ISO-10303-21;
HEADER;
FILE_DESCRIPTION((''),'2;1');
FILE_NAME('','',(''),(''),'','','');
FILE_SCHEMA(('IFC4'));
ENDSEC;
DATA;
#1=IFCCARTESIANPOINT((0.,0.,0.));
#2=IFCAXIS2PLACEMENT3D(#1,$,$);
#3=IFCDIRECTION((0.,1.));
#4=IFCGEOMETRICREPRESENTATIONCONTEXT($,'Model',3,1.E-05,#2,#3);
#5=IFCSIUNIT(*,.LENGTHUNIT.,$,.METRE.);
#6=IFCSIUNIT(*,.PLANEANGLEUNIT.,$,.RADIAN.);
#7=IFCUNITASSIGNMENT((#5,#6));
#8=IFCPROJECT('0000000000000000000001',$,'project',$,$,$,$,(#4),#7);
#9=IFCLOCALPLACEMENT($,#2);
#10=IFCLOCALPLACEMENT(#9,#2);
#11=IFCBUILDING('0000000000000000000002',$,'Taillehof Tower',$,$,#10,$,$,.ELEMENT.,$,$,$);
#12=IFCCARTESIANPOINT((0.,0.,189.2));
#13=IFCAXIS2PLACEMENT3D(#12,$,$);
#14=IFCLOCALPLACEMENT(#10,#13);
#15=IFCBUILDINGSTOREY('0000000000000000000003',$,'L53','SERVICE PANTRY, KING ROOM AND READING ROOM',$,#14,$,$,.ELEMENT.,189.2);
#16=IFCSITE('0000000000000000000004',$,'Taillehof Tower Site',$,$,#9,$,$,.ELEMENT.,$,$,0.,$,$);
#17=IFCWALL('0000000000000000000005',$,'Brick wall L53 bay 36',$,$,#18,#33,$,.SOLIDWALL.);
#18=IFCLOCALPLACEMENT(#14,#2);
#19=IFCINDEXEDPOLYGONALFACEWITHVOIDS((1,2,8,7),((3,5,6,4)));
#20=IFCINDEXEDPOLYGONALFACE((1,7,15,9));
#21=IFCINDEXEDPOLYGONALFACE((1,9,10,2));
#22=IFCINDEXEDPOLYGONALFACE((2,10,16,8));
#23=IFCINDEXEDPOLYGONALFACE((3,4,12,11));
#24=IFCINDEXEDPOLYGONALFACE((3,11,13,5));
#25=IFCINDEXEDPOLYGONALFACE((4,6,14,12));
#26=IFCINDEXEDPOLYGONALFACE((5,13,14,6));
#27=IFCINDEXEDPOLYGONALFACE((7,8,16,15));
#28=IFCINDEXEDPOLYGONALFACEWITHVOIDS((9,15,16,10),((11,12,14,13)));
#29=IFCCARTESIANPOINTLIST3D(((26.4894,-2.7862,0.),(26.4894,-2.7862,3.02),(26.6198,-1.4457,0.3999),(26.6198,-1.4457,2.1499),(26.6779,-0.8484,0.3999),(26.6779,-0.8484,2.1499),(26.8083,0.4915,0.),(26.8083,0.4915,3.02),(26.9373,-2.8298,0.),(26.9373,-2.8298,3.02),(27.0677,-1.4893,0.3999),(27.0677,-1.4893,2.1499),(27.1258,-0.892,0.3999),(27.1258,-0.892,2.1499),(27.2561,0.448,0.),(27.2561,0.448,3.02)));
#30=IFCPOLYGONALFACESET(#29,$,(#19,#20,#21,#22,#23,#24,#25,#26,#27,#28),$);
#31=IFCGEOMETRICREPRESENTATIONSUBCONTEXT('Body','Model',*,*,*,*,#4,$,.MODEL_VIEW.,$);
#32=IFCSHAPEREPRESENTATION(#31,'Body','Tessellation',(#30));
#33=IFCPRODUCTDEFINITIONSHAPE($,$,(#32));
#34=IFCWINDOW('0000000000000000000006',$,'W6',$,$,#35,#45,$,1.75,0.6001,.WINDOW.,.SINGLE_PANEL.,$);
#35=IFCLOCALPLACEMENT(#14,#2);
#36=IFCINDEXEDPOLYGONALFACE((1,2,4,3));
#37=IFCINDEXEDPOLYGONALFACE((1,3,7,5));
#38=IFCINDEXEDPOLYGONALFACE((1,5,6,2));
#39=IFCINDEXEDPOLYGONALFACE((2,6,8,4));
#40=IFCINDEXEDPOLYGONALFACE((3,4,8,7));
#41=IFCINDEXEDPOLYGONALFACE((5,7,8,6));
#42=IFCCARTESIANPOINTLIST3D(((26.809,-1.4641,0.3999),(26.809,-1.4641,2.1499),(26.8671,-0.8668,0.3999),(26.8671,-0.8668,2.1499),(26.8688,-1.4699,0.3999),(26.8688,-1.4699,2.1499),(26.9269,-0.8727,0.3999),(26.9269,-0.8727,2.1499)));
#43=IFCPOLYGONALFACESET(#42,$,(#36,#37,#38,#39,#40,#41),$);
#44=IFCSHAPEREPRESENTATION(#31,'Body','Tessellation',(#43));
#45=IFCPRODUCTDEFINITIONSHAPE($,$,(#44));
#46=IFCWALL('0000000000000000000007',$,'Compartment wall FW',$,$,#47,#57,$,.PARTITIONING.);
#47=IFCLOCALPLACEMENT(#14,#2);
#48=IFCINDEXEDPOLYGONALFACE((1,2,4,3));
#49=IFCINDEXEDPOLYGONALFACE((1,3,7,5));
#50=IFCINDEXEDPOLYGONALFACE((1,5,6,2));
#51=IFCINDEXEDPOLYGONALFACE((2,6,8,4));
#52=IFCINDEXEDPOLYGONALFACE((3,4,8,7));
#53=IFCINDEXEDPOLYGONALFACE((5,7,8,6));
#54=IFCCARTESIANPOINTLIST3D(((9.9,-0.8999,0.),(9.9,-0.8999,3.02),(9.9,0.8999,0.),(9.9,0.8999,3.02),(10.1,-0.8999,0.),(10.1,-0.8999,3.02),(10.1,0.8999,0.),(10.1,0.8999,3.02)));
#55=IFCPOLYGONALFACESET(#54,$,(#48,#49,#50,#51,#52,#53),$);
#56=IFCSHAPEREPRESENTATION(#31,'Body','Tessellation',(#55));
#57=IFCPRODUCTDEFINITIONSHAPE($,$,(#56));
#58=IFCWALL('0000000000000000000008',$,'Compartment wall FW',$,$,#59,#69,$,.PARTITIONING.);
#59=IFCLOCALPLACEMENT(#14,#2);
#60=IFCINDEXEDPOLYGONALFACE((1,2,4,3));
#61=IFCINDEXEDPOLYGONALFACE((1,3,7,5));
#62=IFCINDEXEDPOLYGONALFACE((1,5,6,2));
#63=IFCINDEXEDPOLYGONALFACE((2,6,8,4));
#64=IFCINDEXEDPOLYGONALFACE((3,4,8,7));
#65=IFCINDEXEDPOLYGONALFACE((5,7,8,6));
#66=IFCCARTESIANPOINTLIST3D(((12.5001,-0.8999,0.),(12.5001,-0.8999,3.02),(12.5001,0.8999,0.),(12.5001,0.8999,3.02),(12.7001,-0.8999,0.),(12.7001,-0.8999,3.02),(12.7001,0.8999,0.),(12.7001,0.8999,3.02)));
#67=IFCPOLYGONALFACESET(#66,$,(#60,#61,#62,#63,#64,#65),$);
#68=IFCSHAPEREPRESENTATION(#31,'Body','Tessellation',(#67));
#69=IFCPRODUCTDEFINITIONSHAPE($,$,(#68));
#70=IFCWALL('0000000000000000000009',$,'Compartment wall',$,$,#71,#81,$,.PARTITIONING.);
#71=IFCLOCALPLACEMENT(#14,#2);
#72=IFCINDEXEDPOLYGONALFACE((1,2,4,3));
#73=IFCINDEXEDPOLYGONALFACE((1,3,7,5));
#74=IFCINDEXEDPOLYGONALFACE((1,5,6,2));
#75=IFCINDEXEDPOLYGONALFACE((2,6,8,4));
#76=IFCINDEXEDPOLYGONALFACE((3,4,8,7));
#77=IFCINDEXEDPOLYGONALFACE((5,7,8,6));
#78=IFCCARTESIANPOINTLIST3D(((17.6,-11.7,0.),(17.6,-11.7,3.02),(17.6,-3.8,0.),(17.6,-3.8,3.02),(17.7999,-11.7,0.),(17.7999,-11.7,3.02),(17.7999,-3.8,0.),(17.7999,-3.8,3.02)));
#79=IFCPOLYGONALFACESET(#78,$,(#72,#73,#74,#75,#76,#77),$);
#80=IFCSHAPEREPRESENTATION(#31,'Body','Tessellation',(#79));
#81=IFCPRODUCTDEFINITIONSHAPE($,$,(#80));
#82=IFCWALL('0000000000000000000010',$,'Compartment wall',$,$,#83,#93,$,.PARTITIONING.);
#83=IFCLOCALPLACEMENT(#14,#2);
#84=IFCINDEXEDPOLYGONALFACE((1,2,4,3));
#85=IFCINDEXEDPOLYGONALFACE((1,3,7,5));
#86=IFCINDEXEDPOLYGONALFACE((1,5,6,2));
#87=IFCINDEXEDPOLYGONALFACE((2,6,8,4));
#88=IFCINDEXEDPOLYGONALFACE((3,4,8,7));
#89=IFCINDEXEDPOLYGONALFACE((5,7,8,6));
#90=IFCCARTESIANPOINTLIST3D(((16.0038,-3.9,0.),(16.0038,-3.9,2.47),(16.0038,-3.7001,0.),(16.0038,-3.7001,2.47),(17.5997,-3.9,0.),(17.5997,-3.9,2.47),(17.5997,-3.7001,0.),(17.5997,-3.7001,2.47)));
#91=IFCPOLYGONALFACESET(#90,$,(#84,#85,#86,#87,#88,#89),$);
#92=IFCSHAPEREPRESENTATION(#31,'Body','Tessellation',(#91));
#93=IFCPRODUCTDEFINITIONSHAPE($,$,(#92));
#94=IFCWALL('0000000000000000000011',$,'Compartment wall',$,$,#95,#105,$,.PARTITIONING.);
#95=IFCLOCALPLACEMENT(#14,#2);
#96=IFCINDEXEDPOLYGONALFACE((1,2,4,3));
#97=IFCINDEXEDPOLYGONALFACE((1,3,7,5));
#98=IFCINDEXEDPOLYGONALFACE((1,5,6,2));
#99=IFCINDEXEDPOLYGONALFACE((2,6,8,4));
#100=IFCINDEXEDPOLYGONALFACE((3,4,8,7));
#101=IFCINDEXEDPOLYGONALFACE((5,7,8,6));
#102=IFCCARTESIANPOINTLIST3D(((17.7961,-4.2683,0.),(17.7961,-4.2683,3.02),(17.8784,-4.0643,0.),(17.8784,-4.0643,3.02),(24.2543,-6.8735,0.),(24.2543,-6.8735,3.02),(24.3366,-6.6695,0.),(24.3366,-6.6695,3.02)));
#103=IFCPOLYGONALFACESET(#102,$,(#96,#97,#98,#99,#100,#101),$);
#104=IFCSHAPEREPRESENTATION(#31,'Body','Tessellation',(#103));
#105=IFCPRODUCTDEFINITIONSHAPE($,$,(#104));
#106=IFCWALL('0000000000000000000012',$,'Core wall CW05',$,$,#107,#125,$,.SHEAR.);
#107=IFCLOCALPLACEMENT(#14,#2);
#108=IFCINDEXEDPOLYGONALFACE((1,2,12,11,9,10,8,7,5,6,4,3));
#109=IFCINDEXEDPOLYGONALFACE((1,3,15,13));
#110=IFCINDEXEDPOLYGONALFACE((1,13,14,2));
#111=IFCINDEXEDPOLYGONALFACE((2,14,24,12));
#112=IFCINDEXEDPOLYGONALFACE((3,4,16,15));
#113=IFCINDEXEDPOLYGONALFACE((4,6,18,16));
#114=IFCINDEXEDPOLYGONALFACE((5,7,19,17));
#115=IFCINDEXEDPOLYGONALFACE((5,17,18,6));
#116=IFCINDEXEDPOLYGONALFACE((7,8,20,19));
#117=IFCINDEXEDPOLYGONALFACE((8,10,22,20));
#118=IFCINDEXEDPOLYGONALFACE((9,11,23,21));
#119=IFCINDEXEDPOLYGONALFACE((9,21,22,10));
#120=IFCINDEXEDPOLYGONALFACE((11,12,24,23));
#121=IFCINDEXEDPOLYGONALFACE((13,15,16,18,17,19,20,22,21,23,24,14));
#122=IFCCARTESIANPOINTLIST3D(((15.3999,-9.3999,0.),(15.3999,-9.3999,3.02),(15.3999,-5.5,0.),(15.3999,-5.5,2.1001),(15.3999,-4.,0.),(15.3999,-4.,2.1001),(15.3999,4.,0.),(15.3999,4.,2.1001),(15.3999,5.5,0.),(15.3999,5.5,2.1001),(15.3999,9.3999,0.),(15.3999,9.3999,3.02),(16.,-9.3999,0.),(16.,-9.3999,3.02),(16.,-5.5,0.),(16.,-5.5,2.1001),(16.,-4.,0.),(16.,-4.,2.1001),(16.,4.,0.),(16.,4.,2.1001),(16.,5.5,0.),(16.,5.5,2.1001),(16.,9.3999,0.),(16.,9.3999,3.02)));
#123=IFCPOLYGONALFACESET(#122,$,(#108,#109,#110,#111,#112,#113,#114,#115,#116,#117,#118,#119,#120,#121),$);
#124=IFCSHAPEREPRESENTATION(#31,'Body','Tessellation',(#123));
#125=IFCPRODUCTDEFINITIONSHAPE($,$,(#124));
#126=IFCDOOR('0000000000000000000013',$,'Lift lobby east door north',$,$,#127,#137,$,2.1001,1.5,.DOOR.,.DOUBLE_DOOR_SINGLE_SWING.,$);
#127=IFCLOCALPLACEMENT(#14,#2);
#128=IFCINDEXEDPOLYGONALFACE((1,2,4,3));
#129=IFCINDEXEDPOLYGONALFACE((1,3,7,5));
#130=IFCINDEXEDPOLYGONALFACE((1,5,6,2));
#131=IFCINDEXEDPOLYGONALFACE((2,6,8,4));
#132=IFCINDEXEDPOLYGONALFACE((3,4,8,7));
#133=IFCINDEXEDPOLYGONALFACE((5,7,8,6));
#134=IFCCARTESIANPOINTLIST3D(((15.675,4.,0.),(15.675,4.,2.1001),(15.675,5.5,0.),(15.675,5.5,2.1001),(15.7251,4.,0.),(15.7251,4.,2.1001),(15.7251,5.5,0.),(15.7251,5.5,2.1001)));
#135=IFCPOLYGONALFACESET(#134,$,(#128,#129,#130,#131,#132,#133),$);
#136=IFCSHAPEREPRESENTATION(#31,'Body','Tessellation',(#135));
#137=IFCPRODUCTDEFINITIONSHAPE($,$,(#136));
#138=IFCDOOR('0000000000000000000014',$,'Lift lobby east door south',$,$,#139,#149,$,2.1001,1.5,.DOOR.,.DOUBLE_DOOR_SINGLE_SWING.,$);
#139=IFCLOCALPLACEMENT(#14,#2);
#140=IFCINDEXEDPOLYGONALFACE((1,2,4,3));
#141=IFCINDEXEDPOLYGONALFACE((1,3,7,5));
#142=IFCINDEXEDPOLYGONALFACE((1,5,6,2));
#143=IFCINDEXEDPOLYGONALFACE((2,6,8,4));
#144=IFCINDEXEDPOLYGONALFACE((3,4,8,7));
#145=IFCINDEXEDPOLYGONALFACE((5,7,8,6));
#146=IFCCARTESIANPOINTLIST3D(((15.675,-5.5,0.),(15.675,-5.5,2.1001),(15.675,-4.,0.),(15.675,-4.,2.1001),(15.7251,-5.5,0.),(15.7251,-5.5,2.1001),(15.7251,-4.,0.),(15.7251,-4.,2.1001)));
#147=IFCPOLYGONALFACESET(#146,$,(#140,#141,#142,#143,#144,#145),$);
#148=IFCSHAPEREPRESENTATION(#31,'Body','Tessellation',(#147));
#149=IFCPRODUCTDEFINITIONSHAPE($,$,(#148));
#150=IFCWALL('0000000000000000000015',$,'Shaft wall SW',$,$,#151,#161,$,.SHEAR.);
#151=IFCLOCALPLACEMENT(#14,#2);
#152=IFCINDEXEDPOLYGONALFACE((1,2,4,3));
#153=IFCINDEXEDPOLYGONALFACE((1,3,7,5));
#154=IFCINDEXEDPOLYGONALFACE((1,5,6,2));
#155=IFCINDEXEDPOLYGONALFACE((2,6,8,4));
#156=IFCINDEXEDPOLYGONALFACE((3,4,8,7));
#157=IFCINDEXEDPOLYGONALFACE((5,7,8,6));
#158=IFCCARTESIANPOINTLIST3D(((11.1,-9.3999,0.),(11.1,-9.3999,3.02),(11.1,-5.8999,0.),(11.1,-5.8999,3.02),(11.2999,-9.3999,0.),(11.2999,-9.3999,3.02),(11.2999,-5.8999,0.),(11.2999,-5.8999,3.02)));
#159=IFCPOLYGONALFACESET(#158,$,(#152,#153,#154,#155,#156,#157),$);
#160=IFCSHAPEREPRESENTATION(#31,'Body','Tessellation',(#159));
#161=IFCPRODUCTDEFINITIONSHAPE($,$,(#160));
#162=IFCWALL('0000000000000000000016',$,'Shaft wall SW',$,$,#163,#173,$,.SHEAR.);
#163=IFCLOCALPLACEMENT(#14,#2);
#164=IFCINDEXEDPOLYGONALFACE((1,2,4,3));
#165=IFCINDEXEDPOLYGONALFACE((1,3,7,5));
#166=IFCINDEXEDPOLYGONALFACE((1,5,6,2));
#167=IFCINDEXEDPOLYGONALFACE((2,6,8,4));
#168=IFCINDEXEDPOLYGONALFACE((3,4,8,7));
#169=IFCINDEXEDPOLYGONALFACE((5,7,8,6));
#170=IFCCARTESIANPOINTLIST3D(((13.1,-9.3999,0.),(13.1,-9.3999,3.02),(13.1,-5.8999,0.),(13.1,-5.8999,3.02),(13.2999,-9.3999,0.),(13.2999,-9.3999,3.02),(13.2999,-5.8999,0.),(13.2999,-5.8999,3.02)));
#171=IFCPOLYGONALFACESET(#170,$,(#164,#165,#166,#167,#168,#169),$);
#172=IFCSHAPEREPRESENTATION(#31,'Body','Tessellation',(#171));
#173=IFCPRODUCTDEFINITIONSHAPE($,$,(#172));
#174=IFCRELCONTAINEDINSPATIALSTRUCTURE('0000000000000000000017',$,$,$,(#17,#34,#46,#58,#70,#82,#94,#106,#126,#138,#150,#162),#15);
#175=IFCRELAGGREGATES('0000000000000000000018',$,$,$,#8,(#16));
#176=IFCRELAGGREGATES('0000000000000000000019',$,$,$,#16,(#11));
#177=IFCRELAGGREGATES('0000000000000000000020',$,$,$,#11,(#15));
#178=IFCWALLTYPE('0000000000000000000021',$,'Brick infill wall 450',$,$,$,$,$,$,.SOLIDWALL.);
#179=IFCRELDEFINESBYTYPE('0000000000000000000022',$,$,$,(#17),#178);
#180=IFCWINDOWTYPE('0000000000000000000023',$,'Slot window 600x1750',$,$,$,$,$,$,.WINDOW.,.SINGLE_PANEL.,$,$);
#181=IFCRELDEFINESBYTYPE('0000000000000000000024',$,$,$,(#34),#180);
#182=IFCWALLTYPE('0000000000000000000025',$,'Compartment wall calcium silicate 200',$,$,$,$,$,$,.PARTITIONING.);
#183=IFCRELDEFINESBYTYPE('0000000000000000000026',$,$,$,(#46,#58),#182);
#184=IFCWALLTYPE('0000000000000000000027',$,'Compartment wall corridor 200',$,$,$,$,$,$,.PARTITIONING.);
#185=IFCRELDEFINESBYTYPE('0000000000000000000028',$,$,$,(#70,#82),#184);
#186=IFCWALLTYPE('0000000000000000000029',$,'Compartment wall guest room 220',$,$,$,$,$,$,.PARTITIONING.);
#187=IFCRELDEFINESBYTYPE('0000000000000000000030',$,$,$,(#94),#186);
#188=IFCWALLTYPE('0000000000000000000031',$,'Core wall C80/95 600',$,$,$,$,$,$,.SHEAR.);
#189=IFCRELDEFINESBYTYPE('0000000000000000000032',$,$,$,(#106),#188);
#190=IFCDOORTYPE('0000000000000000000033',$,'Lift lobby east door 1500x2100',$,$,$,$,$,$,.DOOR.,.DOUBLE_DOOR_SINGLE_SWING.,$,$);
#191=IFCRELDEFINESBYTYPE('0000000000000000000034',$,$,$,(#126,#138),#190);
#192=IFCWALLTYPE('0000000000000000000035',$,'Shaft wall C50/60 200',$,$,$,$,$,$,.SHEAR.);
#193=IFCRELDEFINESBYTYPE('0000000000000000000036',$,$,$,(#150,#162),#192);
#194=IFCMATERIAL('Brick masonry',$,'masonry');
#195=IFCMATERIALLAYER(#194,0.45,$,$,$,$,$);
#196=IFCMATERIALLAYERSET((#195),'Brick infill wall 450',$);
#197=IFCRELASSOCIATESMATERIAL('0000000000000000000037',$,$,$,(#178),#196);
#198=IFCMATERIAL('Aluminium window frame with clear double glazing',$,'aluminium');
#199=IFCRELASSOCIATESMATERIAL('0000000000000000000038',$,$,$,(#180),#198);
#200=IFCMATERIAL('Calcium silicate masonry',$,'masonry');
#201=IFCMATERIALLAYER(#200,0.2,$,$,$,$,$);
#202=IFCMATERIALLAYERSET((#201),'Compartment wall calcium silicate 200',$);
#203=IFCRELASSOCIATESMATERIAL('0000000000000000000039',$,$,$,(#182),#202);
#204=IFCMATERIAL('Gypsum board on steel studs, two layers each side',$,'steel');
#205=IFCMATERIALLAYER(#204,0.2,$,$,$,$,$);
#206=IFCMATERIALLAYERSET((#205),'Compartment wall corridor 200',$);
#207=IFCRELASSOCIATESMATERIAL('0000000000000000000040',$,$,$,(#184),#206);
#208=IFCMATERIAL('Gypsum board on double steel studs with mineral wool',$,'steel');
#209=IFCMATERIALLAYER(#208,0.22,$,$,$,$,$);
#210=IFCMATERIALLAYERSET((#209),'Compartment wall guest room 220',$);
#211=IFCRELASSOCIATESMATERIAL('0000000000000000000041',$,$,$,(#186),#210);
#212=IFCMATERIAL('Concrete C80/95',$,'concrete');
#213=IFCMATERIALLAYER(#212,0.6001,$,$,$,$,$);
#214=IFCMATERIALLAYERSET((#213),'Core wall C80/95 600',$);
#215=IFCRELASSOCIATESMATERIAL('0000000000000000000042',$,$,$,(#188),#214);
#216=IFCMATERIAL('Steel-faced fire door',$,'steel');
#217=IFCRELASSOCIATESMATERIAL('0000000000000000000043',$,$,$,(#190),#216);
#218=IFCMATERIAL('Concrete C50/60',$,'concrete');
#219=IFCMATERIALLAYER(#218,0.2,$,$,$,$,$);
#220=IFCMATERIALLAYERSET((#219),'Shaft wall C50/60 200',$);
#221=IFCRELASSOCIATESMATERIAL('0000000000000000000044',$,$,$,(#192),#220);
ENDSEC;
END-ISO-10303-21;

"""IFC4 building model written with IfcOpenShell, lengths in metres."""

from ifc_helpers import new_model, si_unit, direction, frame, frame_2d, origin, place, context, subcontext, project, spatial, rectangle, extrude, material, layer, layer_set, type_object, element, fill, save


model = new_model("IFC4")

# Units and contexts
model_context = context("Model", 3, precision=1e-05, world=origin(), true_north=direction((0.0, 1.0)))
body_context = subcontext(model_context, "Body", "Model", "MODEL_VIEW")
ifc_project = project(units=[si_unit("LENGTHUNIT", "METRE"), si_unit("PLANEANGLEUNIT", "RADIAN")], contexts=[model_context])

# Site, building, storey
site_placement = place(None, origin())
site = spatial("IfcSite", under=ifc_project, at=site_placement, Name="Taillehof Tower Site", CompositionType="ELEMENT", RefElevation=0.0)
building_placement = place(site_placement, origin())
building = spatial("IfcBuilding", under=site, at=building_placement, Name="Taillehof Tower", CompositionType="ELEMENT")
storey_placement = place(building_placement, frame((0.0, 0.0, 189.2)))
storey = spatial("IfcBuildingStorey", under=building, at=storey_placement, Name="L53", Description="SERVICE PANTRY, KING ROOM AND READING ROOM", CompositionType="ELEMENT", Elevation=189.2)

# Shared definitions
ifc_material_1 = material(Name="Brick masonry", Category="masonry")
ifc_layer_1 = layer(ifc_material_1, 0.45)
ifc_layer_set_1 = layer_set([ifc_layer_1], Name="Brick infill wall 450")
wall_type_1 = type_object("IfcWallType", Name="Brick infill wall 450", PredefinedType="SOLIDWALL", material=ifc_layer_set_1)
ifc_material_2 = material(Name="Aluminium window frame with clear double glazing", Category="aluminium")
window_type = type_object("IfcWindowType", Name="Slot window 600x1750", PartitioningType="SINGLE_PANEL", PredefinedType="WINDOW", material=ifc_material_2)

# Wall, opening, window
wall_1_placement = place(storey_placement, frame((26.7134, -2.8079, 0.0), z_axis=(0.0, 0.0, 1.0), x_axis=(0.096817, 0.995302, 0.0)))
wall_1 = element("IfcWall", 1, at=wall_1_placement, inside=storey, type_object=wall_type_1, Name="Brick wall L53 bay 36", PredefinedType="SOLIDWALL", context=body_context, shape_type="SweptSolid", body=[
    extrude(rectangle(XDim=3.2932, YDim=0.45, at=frame_2d((1.6465, 0.0))), origin(), (0.0, 0.0, 1.0), 3.02),
])
opening_1_placement = place(wall_1_placement, frame((1.3467, 0.0, 0.3999)))
opening_1 = element("IfcOpeningElement", 2, at=opening_1_placement, cuts=wall_1, PredefinedType="OPENING", context=body_context, shape_type="SweptSolid", body=[
    extrude(rectangle(XDim=0.6001, YDim=1.75, at=frame_2d((0.3, 0.875))), frame((0.0, 0.2349, 0.0), z_axis=(0.0, -1.0, 0.0), x_axis=(1.0, 0.0, 0.0)), (0.0, 0.0, 1.0), 0.47),
])
window_1_placement = place(opening_1_placement, origin())
window_1 = element("IfcWindow", 3, at=window_1_placement, inside=storey, type_object=window_type, Name="W6", OverallHeight=1.75, OverallWidth=0.6001, PartitioningType="SINGLE_PANEL", PredefinedType="WINDOW", context=body_context, shape_type="SweptSolid", body=[
    extrude(rectangle(XDim=0.6001, YDim=1.75, at=frame_2d((0.3, 0.875))), frame((0.0, 0.0349, 0.0), z_axis=(0.0, -1.0, 0.0), x_axis=(1.0, 0.0, 0.0)), (0.0, 0.0, 1.0), 0.0601),
])
fill(opening_1, window_1)

# Walls
ifc_material_3 = material(Name="Calcium silicate masonry", Category="masonry")
ifc_layer_2 = layer(ifc_material_3, 0.2)
ifc_layer_set_2 = layer_set([ifc_layer_2], Name="Compartment wall calcium silicate 200")
wall_type_2 = type_object("IfcWallType", Name="Compartment wall calcium silicate 200", PredefinedType="PARTITIONING", material=ifc_layer_set_2)
for number, where, z_axis, x_axis, name in (
    (4, (10.0, -0.8999, 0.0), (0.0, 0.0, 1.0), (0.0, 1.0, 0.0), "Compartment wall FW"),
    (5, (12.6001, -0.8999, 0.0), (0.0, 0.0, 1.0), (0.0, 1.0, 0.0), "Compartment wall FW"),
):
    element("IfcWall", number, at=place(storey_placement, frame(where, z_axis=z_axis, x_axis=x_axis)), inside=storey, type_object=wall_type_2, Name=name, PredefinedType="PARTITIONING", context=body_context, shape_type="SweptSolid", body=[
        extrude(rectangle(XDim=1.7998, YDim=0.2, at=frame_2d((0.8999, 0.0))), origin(), (0.0, 0.0, 1.0), 3.02),
    ])
ifc_material_4 = material(Name="Gypsum board on steel studs, two layers each side", Category="steel")
ifc_layer_3 = layer(ifc_material_4, 0.2)
ifc_layer_set_3 = layer_set([ifc_layer_3], Name="Compartment wall corridor 200")
wall_type_3 = type_object("IfcWallType", Name="Compartment wall corridor 200", PredefinedType="PARTITIONING", material=ifc_layer_set_3)
wall_2_placement = place(storey_placement, frame((17.7, -3.8, 0.0), z_axis=(0.0, 0.0, 1.0), x_axis=(0.0, -1.0, 0.0)))
element("IfcWall", 6, at=wall_2_placement, inside=storey, type_object=wall_type_3, Name="Compartment wall", PredefinedType="PARTITIONING", context=body_context, shape_type="SweptSolid", body=[
    extrude(rectangle(XDim=7.8999, YDim=0.2, at=frame_2d((3.95, 0.0))), origin(), (0.0, 0.0, 1.0), 3.02),
])
wall_3_placement = place(storey_placement, frame((16.0039, -3.8, 0.0), z_axis=(0.0, 0.0, 1.0), x_axis=(1.0, 0.0, 0.0)))
element("IfcWall", 7, at=wall_3_placement, inside=storey, type_object=wall_type_3, Name="Compartment wall", PredefinedType="PARTITIONING", context=body_context, shape_type="SweptSolid", body=[
    extrude(rectangle(XDim=1.5959, YDim=0.2, at=frame_2d((0.7979, 0.0))), origin(), (0.0, 0.0, 1.0), 2.47),
])
ifc_material_5 = material(Name="Gypsum board on double steel studs with mineral wool", Category="steel")
ifc_layer_4 = layer(ifc_material_5, 0.22)
ifc_layer_set_4 = layer_set([ifc_layer_4], Name="Compartment wall guest room 220")
wall_type_4 = type_object("IfcWallType", Name="Compartment wall guest room 220", PredefinedType="PARTITIONING", material=ifc_layer_set_4)
wall_4_placement = place(storey_placement, frame((24.2954, -6.7715, 0.0), z_axis=(0.0, 0.0, 1.0), x_axis=(-0.927387, 0.374103, 0.0)))
element("IfcWall", 8, at=wall_4_placement, inside=storey, type_object=wall_type_4, Name="Compartment wall", PredefinedType="PARTITIONING", context=body_context, shape_type="SweptSolid", body=[
    extrude(rectangle(XDim=6.9639, YDim=0.22, at=frame_2d((3.4819, 0.0))), origin(), (0.0, 0.0, 1.0), 3.02),
])

# Wall, openings, doors
ifc_material_6 = material(Name="Concrete C80/95", Category="concrete")
ifc_layer_5 = layer(ifc_material_6, 0.6001)
ifc_layer_set_5 = layer_set([ifc_layer_5], Name="Core wall C80/95 600")
wall_type_5 = type_object("IfcWallType", Name="Core wall C80/95 600", PredefinedType="SHEAR", material=ifc_layer_set_5)
wall_5_placement = place(storey_placement, frame((15.7, -9.3999, 0.0), z_axis=(0.0, 0.0, 1.0), x_axis=(0.0, 1.0, 0.0)))
wall_5 = element("IfcWall", 9, at=wall_5_placement, inside=storey, type_object=wall_type_5, Name="Core wall CW05", PredefinedType="SHEAR", context=body_context, shape_type="SweptSolid", body=[
    extrude(rectangle(XDim=18.7998, YDim=0.6001, at=frame_2d((9.3999, 0.0))), origin(), (0.0, 0.0, 1.0), 3.02),
])
opening_2_placement = place(wall_5_placement, frame((13.3999, 0.0, 0.0)))
opening_2 = element("IfcOpeningElement", 10, at=opening_2_placement, cuts=wall_5, PredefinedType="OPENING", context=body_context, shape_type="SweptSolid", body=[
    extrude(rectangle(XDim=1.5, YDim=2.1001, at=frame_2d((0.75, 1.05))), frame((0.0, 0.3101, 0.0), z_axis=(0.0, -1.0, 0.0), x_axis=(1.0, 0.0, 0.0)), (0.0, 0.0, 1.0), 0.6201),
])
opening_3_placement = place(wall_5_placement, frame((3.8999, 0.0, 0.0)))
opening_3 = element("IfcOpeningElement", 11, at=opening_3_placement, cuts=wall_5, PredefinedType="OPENING", context=body_context, shape_type="SweptSolid", body=[
    extrude(rectangle(XDim=1.5, YDim=2.1001, at=frame_2d((0.75, 1.05))), frame((0.0, 0.3101, 0.0), z_axis=(0.0, -1.0, 0.0), x_axis=(1.0, 0.0, 0.0)), (0.0, 0.0, 1.0), 0.6201),
])
ifc_material_7 = material(Name="Steel-faced fire door", Category="steel")
door_type = type_object("IfcDoorType", Name="Lift lobby east door 1500x2100", OperationType="DOUBLE_DOOR_SINGLE_SWING", PredefinedType="DOOR", material=ifc_material_7)
door_1_placement = place(opening_2_placement, origin())
door_1 = element("IfcDoor", 12, at=door_1_placement, inside=storey, type_object=door_type, Name="Lift lobby east door north", OperationType="DOUBLE_DOOR_SINGLE_SWING", OverallHeight=2.1001, OverallWidth=1.5, PredefinedType="DOOR", context=body_context, shape_type="SweptSolid", body=[
    extrude(rectangle(XDim=1.5, YDim=2.1001, at=frame_2d((0.75, 1.05))), frame((0.0, 0.0249, 0.0), z_axis=(0.0, -1.0, 0.0), x_axis=(1.0, 0.0, 0.0)), (0.0, 0.0, 1.0), 0.05),
])
fill(opening_2, door_1)
door_2_placement = place(opening_3_placement, origin())
door_2 = element("IfcDoor", 13, at=door_2_placement, inside=storey, type_object=door_type, Name="Lift lobby east door south", OperationType="DOUBLE_DOOR_SINGLE_SWING", OverallHeight=2.1001, OverallWidth=1.5, PredefinedType="DOOR", context=body_context, shape_type="SweptSolid", body=[
    extrude(rectangle(XDim=1.5, YDim=2.1001, at=frame_2d((0.75, 1.05))), frame((0.0, 0.0249, 0.0), z_axis=(0.0, -1.0, 0.0), x_axis=(1.0, 0.0, 0.0)), (0.0, 0.0, 1.0), 0.05),
])
fill(opening_3, door_2)

# Walls
ifc_material_8 = material(Name="Concrete C50/60", Category="concrete")
ifc_layer_6 = layer(ifc_material_8, 0.2)
ifc_layer_set_6 = layer_set([ifc_layer_6], Name="Shaft wall C50/60 200")
wall_type_6 = type_object("IfcWallType", Name="Shaft wall C50/60 200", PredefinedType="SHEAR", material=ifc_layer_set_6)
for number, where, z_axis, x_axis, name in (
    (14, (11.2, -9.3999, 0.0), (0.0, 0.0, 1.0), (0.0, 1.0, 0.0), "Shaft wall SW"),
    (15, (13.2, -9.3999, 0.0), (0.0, 0.0, 1.0), (0.0, 1.0, 0.0), "Shaft wall SW"),
):
    element("IfcWall", number, at=place(storey_placement, frame(where, z_axis=z_axis, x_axis=x_axis)), inside=storey, type_object=wall_type_6, Name=name, PredefinedType="SHEAR", context=body_context, shape_type="SweptSolid", body=[
        extrude(rectangle(XDim=3.5, YDim=0.2, at=frame_2d((1.75, 0.0))), origin(), (0.0, 0.0, 1.0), 3.02),
    ])

save(model, "model.ifc")
